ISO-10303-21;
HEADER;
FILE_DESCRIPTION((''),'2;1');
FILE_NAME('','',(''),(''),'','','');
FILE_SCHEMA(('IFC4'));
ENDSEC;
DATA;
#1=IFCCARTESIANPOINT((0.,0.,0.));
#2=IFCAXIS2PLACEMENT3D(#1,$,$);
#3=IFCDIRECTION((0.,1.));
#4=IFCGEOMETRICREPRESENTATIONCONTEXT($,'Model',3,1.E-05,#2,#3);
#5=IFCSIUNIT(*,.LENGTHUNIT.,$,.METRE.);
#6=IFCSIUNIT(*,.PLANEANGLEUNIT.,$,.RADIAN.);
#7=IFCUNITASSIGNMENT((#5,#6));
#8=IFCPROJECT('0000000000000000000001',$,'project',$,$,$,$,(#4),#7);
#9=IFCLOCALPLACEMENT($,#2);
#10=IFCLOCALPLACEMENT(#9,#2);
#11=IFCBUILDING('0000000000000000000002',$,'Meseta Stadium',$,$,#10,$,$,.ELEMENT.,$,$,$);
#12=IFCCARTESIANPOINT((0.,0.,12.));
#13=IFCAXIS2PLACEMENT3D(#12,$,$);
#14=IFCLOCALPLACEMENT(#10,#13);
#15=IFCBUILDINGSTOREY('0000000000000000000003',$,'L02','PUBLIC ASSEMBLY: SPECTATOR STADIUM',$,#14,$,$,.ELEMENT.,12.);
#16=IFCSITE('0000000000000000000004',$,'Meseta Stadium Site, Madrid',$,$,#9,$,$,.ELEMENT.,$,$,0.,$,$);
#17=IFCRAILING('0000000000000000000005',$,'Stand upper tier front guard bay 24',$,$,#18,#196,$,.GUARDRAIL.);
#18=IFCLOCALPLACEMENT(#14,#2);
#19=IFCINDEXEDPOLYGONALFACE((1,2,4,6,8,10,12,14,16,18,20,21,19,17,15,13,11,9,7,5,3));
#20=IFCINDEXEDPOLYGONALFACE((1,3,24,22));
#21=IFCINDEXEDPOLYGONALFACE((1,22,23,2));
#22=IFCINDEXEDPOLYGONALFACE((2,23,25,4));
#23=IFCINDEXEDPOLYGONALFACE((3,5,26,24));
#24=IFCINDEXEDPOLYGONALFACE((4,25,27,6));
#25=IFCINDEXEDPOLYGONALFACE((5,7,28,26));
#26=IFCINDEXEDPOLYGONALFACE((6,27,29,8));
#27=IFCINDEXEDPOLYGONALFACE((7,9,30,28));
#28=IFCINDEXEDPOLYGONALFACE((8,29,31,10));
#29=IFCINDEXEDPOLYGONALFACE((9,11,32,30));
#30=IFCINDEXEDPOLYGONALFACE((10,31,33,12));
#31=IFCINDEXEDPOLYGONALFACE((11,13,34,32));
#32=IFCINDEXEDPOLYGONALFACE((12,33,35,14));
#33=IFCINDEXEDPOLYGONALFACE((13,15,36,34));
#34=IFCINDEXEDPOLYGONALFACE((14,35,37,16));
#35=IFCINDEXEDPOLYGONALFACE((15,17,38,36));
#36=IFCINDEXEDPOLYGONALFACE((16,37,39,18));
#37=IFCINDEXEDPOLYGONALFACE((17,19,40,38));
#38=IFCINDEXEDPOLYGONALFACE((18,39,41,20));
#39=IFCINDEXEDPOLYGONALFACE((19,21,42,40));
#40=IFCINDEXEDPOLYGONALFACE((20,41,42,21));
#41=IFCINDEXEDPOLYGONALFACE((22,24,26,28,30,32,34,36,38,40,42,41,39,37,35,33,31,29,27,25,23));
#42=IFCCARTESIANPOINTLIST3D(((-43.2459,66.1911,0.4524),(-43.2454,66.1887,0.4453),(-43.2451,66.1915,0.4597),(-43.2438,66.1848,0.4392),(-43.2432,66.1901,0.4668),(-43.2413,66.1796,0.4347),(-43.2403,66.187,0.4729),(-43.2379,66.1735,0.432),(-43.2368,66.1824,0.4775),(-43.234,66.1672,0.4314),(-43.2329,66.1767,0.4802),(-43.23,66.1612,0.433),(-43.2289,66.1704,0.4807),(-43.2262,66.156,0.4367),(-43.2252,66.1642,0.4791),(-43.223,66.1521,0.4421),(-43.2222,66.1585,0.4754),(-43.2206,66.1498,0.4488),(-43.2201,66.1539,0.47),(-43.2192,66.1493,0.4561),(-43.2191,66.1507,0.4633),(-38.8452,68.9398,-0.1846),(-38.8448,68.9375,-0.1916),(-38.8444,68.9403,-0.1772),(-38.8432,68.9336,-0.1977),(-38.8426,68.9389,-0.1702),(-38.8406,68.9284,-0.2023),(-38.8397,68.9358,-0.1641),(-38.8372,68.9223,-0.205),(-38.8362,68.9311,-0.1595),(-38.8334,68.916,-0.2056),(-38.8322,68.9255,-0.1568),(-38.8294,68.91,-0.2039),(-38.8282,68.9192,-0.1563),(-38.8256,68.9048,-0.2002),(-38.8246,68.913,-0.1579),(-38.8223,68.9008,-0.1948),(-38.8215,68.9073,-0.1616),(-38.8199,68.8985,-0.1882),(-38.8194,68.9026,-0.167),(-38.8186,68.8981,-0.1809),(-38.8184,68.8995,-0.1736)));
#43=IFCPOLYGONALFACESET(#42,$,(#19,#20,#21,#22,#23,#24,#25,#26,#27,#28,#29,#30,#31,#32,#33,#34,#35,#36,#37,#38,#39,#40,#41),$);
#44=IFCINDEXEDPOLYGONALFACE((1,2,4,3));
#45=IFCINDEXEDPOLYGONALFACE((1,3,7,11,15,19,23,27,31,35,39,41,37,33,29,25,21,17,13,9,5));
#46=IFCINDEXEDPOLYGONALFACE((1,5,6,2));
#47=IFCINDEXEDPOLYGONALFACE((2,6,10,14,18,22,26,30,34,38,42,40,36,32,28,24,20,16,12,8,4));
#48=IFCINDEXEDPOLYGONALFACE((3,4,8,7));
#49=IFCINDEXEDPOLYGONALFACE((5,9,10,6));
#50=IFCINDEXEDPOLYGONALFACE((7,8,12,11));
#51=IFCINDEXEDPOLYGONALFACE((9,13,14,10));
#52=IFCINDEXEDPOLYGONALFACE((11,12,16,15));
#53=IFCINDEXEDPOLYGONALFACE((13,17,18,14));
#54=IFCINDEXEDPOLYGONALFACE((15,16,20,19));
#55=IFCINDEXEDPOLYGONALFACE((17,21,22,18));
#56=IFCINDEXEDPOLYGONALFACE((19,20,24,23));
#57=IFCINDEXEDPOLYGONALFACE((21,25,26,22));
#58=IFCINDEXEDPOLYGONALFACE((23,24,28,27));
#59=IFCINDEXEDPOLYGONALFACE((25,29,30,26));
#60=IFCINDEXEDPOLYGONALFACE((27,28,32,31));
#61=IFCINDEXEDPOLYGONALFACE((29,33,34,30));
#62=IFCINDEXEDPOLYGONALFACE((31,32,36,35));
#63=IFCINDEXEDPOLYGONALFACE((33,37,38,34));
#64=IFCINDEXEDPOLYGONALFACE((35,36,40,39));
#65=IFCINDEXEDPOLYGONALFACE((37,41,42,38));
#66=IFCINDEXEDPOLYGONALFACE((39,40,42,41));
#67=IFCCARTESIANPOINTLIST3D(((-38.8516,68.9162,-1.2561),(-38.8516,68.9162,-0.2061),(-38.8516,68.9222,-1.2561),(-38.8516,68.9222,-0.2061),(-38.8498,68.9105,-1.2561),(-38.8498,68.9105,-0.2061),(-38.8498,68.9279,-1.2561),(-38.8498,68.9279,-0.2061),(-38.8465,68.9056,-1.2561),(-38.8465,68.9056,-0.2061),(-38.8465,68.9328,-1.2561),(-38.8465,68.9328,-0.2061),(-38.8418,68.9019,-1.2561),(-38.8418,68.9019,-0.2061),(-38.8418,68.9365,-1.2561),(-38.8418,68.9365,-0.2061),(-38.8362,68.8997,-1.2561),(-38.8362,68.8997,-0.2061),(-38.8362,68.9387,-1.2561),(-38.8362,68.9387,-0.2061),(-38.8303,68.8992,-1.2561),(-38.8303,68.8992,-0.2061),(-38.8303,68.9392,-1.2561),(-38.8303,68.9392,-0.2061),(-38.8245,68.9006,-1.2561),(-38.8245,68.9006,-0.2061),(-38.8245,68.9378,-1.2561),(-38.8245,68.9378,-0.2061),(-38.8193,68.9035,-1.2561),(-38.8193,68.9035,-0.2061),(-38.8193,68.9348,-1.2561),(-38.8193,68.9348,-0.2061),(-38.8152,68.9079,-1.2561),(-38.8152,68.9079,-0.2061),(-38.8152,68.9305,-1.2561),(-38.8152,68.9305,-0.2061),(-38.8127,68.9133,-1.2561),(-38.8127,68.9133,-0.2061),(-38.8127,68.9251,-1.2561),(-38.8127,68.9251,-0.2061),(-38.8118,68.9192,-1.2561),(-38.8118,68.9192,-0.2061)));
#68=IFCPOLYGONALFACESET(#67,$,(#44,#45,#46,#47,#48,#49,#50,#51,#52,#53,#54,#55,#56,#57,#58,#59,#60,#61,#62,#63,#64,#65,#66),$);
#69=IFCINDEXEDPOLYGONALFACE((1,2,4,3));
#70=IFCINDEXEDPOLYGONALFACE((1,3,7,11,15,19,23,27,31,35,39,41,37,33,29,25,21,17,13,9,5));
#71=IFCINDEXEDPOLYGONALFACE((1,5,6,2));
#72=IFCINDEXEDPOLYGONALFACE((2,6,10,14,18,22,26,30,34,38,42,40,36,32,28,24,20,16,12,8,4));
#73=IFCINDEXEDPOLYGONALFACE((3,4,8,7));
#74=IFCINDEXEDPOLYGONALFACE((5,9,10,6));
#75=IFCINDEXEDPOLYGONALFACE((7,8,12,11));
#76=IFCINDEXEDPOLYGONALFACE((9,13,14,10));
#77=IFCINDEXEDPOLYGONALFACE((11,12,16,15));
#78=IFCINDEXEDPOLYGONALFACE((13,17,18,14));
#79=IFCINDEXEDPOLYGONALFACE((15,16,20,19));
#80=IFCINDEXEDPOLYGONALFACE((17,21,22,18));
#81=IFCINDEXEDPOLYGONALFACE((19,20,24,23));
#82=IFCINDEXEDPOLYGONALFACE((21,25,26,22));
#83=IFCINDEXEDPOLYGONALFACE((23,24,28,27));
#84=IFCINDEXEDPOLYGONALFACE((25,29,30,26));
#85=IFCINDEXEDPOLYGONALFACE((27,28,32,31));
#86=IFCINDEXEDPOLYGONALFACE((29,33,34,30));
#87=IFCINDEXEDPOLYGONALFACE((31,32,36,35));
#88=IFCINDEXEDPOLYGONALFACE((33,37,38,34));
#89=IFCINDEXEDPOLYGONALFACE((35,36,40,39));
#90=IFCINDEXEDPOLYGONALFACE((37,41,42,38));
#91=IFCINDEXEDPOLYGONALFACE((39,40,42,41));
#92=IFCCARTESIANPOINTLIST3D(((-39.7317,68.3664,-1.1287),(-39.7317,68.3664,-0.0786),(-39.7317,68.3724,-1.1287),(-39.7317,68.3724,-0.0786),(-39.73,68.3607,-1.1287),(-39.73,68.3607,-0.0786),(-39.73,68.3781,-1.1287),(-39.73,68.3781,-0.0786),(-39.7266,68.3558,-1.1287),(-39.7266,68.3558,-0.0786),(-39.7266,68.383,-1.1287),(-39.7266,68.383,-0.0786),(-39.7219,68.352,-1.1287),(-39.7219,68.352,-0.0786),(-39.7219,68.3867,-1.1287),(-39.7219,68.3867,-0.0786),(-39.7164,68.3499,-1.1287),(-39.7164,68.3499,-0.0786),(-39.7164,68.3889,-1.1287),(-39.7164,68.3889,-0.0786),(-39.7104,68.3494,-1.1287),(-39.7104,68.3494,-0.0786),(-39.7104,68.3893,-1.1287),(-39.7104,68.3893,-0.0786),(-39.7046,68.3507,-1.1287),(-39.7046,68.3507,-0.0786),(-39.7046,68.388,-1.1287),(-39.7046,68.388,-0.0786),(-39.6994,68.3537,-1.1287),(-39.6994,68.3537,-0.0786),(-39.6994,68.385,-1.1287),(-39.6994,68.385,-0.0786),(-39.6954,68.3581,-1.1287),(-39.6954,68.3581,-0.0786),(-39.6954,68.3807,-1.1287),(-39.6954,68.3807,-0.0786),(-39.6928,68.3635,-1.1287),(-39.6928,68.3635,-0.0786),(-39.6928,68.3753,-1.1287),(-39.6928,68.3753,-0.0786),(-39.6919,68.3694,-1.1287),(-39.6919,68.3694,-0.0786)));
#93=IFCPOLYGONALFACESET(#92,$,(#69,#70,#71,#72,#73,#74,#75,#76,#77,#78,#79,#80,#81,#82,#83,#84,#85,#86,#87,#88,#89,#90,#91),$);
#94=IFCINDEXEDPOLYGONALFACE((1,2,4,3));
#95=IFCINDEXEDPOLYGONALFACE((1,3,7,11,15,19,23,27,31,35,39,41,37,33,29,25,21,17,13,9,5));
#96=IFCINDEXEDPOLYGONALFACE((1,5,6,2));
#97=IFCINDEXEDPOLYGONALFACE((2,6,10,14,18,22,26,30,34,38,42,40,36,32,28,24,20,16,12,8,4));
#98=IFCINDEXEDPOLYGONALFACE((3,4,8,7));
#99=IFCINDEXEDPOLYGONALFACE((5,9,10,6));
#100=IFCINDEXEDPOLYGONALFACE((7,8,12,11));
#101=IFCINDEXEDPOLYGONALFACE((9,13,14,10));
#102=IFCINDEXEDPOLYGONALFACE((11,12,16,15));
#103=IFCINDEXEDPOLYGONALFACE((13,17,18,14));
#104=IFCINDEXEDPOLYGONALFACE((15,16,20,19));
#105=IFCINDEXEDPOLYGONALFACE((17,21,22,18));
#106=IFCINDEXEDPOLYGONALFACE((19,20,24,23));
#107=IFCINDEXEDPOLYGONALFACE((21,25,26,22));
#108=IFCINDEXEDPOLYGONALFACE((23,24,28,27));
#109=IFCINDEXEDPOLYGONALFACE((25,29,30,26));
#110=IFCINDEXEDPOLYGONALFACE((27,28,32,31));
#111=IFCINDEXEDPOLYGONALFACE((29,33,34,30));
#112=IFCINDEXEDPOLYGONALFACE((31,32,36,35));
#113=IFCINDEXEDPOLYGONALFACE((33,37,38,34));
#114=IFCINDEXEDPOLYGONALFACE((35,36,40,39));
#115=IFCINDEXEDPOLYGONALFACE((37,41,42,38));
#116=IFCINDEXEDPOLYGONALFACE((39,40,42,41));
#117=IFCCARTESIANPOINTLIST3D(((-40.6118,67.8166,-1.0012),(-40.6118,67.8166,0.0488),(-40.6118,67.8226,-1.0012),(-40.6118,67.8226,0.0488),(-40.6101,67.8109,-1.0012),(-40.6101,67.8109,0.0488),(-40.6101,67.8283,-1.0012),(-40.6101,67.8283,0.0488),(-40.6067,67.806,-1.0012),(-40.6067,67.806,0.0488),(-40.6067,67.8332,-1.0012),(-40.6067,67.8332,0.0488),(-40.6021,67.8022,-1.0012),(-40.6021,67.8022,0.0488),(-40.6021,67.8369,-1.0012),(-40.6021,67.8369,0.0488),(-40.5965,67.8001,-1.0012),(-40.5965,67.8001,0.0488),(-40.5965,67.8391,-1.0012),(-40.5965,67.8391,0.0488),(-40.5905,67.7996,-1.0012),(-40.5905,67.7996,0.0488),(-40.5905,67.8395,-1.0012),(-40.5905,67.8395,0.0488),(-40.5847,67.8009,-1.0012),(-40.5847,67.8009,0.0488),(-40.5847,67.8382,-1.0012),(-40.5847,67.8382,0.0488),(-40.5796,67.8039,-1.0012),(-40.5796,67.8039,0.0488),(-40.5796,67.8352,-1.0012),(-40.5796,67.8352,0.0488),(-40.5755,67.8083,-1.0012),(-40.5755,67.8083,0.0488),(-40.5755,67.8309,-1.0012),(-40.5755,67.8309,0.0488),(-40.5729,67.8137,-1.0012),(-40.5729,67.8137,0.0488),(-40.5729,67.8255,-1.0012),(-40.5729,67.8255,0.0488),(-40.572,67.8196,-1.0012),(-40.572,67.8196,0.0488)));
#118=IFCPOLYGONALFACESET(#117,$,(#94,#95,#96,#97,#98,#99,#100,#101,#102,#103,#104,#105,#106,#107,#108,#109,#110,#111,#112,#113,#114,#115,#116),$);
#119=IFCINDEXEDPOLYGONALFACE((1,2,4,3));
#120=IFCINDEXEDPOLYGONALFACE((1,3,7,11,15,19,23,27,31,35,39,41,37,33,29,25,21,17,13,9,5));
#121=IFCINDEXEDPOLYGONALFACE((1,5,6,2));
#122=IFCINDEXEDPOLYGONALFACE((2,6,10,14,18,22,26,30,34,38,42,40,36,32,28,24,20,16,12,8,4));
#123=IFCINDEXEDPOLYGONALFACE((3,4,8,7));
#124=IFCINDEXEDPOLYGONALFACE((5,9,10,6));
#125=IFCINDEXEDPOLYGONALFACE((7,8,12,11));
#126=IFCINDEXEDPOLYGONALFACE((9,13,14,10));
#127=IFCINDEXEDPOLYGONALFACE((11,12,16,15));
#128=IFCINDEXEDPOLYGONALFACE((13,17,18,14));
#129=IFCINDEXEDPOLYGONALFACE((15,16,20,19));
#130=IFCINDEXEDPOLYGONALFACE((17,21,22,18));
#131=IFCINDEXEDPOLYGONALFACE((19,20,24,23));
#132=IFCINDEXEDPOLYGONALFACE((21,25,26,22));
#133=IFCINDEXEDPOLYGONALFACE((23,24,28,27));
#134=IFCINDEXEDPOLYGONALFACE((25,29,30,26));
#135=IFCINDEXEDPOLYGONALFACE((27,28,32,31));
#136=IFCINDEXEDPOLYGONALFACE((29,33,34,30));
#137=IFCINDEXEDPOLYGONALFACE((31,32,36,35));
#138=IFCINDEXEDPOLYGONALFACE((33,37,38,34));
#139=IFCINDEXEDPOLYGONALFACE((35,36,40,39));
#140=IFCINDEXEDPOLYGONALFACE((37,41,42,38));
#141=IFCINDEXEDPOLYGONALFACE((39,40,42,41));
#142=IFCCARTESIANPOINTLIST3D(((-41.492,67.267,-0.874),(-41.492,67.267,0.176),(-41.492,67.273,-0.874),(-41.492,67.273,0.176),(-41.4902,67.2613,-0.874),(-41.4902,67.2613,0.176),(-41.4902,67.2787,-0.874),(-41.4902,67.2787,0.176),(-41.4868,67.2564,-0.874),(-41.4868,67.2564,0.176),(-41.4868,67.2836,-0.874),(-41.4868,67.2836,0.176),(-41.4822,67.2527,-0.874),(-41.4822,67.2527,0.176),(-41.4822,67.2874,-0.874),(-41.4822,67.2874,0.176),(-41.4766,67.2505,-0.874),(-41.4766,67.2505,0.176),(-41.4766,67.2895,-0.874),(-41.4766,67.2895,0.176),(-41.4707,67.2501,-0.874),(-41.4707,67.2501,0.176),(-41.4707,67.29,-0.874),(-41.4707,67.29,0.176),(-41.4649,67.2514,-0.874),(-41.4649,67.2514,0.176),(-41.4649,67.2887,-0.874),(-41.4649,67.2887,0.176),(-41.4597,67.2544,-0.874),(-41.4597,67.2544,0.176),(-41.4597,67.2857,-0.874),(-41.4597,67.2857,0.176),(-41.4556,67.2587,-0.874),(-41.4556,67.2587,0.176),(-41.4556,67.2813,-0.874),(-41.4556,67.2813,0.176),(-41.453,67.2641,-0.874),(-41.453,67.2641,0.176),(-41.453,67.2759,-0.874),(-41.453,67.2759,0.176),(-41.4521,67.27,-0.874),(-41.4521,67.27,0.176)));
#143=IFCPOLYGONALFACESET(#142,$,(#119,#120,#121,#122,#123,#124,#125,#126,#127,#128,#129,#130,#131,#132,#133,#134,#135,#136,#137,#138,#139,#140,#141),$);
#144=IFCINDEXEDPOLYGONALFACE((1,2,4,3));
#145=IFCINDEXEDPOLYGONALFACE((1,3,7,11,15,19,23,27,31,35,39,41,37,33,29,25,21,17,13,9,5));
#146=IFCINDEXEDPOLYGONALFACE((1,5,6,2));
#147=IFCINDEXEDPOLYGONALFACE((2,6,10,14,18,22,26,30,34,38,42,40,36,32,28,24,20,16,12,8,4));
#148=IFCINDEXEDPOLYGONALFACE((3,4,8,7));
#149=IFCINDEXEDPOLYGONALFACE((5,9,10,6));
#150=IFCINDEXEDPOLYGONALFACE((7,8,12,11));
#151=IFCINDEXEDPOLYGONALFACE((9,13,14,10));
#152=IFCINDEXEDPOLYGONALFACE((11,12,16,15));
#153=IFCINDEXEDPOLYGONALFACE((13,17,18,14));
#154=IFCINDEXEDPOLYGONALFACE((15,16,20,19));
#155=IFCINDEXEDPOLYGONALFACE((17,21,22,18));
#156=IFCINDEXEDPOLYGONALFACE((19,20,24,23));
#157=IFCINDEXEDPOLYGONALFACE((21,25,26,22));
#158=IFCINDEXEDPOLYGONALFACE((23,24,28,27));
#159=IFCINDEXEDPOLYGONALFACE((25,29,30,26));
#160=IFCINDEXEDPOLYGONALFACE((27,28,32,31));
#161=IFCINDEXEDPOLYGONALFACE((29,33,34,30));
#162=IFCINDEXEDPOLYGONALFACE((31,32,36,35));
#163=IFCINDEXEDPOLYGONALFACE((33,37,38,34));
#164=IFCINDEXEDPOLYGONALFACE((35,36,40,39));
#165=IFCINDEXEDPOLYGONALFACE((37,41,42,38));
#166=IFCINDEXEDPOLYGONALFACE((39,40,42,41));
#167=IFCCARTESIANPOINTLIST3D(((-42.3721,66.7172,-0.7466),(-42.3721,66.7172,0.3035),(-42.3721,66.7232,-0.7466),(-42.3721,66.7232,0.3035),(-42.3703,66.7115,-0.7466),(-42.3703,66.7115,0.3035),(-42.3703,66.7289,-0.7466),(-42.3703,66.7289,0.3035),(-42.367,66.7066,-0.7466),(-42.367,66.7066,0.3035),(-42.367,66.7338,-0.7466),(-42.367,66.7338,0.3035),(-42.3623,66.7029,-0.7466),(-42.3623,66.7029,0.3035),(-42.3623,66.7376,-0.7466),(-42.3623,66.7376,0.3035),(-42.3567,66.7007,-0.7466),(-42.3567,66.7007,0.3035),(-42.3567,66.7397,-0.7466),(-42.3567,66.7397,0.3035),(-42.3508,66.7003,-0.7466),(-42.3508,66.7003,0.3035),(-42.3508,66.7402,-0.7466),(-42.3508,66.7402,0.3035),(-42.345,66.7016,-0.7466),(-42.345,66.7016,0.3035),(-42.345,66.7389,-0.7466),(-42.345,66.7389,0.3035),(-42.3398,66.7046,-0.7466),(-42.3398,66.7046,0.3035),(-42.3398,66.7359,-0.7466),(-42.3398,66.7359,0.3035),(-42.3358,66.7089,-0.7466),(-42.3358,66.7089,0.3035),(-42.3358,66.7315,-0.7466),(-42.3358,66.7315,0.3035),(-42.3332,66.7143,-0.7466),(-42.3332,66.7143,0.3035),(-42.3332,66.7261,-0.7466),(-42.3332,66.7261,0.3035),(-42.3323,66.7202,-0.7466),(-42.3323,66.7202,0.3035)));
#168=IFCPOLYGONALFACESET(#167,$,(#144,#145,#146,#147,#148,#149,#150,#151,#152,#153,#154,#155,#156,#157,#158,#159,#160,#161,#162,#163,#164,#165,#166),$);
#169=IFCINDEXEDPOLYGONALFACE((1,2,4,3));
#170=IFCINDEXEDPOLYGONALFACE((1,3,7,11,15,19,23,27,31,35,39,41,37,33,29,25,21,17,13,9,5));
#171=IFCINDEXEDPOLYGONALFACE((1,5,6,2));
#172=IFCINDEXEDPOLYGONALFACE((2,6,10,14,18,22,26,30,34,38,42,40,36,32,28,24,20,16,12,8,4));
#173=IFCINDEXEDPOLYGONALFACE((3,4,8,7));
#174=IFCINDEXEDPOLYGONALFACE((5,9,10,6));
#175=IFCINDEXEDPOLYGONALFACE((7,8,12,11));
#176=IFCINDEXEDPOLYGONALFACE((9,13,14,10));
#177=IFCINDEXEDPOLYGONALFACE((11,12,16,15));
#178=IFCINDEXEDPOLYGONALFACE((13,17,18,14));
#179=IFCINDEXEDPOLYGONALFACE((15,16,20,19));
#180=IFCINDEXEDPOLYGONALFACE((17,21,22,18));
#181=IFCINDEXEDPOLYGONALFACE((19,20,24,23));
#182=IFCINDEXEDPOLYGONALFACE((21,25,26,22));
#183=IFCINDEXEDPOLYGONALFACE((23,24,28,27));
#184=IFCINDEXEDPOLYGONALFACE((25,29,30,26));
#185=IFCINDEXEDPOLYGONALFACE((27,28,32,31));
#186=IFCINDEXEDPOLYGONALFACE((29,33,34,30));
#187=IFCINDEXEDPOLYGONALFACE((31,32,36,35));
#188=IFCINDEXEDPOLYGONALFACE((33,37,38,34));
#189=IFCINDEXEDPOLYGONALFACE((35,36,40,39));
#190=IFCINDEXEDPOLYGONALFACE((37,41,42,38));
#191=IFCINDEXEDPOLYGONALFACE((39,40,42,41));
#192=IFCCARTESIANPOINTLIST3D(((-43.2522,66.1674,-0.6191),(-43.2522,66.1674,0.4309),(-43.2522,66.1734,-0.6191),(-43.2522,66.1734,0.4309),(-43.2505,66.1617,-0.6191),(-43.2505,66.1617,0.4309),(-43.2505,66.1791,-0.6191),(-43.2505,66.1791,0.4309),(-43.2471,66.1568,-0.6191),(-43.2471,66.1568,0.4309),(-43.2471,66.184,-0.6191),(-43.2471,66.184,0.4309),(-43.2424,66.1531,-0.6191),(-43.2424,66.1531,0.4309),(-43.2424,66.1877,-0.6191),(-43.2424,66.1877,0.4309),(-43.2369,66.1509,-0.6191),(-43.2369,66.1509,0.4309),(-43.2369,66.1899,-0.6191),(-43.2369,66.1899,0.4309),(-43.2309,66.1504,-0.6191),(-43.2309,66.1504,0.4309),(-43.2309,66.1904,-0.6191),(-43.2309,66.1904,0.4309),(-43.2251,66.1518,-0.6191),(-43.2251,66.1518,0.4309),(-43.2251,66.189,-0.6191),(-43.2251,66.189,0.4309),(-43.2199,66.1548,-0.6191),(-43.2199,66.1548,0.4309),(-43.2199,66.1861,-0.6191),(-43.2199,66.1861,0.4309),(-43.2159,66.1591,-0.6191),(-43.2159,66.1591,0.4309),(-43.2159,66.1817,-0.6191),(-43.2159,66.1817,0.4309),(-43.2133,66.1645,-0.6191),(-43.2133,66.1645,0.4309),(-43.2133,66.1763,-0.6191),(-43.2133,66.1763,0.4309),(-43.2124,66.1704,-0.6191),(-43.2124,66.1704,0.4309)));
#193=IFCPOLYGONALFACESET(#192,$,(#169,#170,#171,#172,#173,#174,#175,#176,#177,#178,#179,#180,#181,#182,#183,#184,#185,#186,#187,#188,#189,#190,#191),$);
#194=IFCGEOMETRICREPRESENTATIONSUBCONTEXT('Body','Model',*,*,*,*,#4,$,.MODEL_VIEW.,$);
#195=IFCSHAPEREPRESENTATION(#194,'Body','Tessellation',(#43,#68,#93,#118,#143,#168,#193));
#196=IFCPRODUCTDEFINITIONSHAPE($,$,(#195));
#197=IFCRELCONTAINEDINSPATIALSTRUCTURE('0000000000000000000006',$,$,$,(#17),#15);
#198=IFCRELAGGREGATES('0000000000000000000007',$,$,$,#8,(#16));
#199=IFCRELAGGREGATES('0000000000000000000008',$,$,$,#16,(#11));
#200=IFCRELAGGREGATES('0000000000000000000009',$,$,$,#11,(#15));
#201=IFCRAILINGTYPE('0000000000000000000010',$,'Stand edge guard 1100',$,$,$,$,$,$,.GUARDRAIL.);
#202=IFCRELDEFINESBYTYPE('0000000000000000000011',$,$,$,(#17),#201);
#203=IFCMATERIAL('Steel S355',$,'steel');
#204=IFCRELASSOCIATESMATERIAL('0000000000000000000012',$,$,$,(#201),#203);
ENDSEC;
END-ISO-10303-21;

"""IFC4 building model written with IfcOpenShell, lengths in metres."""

from ifc_helpers import new_model, si_unit, direction, frame, origin, origin_2d, place, context, subcontext, project, spatial, circle, extrude, material, type_object, element, save


model = new_model("IFC4")

# Units and contexts
model_context = context("Model", 3, precision=1e-05, world=origin(), true_north=direction((0.0, 1.0)))
body_context = subcontext(model_context, "Body", "Model", "MODEL_VIEW")
ifc_project = project(units=[si_unit("LENGTHUNIT", "METRE"), si_unit("PLANEANGLEUNIT", "RADIAN")], contexts=[model_context])

# Site, building, storey
site_placement = place(None, origin())
site = spatial("IfcSite", under=ifc_project, at=site_placement, Name="Meseta Stadium Site, Madrid", CompositionType="ELEMENT", RefElevation=0.0)
building_placement = place(site_placement, origin())
building = spatial("IfcBuilding", under=site, at=building_placement, Name="Meseta Stadium", CompositionType="ELEMENT")
storey_placement = place(building_placement, frame((0.0, 0.0, 12.0)))
storey = spatial("IfcBuildingStorey", under=building, at=storey_placement, Name="L02", Description="PUBLIC ASSEMBLY: SPECTATOR STADIUM", CompositionType="ELEMENT", Elevation=12.0)

# Railing
ifc_material_1 = material(Name="Steel S355", Category="steel")
railing_type = type_object("IfcRailingType", Name="Stand edge guard 1100", PredefinedType="GUARDRAIL", material=ifc_material_1)
railing_1_placement = place(storey_placement, frame((-38.8318, 68.9192, -1.2561)))
element("IfcRailing", 1, at=railing_1_placement, inside=storey, type_object=railing_type, Name="Stand upper tier front guard bay 24", PredefinedType="GUARDRAIL", context=body_context, shape_type="SweptSolid", body=[
    extrude(circle(Radius=0.0249, at=origin_2d()), frame((0.0, 0.0, 1.0752), z_axis=(-0.841819, -0.525827, 0.121848), x_axis=(0.529775, -0.848138, 0.0)), (0.0, 0.0, 1.0), 5.2275),
    extrude(circle(Radius=0.02, at=origin_2d()), origin(), (0.0, 0.0, 1.0), 1.05),
    extrude(circle(Radius=0.02, at=origin_2d()), frame((-0.8801, -0.5498, 0.1274)), (0.0, 0.0, 1.0), 1.05),
    extrude(circle(Radius=0.02, at=origin_2d()), frame((-1.7603, -1.0996, 0.2549)), (0.0, 0.0, 1.0), 1.05),
    extrude(circle(Radius=0.02, at=origin_2d()), frame((-2.6404, -1.6492, 0.3821)), (0.0, 0.0, 1.0), 1.05),
    extrude(circle(Radius=0.02, at=origin_2d()), frame((-3.5205, -2.199, 0.5095)), (0.0, 0.0, 1.0), 1.05),
    extrude(circle(Radius=0.02, at=origin_2d()), frame((-4.4006, -2.7488, 0.637)), (0.0, 0.0, 1.0), 1.05),
])

save(model, "model.ifc")
